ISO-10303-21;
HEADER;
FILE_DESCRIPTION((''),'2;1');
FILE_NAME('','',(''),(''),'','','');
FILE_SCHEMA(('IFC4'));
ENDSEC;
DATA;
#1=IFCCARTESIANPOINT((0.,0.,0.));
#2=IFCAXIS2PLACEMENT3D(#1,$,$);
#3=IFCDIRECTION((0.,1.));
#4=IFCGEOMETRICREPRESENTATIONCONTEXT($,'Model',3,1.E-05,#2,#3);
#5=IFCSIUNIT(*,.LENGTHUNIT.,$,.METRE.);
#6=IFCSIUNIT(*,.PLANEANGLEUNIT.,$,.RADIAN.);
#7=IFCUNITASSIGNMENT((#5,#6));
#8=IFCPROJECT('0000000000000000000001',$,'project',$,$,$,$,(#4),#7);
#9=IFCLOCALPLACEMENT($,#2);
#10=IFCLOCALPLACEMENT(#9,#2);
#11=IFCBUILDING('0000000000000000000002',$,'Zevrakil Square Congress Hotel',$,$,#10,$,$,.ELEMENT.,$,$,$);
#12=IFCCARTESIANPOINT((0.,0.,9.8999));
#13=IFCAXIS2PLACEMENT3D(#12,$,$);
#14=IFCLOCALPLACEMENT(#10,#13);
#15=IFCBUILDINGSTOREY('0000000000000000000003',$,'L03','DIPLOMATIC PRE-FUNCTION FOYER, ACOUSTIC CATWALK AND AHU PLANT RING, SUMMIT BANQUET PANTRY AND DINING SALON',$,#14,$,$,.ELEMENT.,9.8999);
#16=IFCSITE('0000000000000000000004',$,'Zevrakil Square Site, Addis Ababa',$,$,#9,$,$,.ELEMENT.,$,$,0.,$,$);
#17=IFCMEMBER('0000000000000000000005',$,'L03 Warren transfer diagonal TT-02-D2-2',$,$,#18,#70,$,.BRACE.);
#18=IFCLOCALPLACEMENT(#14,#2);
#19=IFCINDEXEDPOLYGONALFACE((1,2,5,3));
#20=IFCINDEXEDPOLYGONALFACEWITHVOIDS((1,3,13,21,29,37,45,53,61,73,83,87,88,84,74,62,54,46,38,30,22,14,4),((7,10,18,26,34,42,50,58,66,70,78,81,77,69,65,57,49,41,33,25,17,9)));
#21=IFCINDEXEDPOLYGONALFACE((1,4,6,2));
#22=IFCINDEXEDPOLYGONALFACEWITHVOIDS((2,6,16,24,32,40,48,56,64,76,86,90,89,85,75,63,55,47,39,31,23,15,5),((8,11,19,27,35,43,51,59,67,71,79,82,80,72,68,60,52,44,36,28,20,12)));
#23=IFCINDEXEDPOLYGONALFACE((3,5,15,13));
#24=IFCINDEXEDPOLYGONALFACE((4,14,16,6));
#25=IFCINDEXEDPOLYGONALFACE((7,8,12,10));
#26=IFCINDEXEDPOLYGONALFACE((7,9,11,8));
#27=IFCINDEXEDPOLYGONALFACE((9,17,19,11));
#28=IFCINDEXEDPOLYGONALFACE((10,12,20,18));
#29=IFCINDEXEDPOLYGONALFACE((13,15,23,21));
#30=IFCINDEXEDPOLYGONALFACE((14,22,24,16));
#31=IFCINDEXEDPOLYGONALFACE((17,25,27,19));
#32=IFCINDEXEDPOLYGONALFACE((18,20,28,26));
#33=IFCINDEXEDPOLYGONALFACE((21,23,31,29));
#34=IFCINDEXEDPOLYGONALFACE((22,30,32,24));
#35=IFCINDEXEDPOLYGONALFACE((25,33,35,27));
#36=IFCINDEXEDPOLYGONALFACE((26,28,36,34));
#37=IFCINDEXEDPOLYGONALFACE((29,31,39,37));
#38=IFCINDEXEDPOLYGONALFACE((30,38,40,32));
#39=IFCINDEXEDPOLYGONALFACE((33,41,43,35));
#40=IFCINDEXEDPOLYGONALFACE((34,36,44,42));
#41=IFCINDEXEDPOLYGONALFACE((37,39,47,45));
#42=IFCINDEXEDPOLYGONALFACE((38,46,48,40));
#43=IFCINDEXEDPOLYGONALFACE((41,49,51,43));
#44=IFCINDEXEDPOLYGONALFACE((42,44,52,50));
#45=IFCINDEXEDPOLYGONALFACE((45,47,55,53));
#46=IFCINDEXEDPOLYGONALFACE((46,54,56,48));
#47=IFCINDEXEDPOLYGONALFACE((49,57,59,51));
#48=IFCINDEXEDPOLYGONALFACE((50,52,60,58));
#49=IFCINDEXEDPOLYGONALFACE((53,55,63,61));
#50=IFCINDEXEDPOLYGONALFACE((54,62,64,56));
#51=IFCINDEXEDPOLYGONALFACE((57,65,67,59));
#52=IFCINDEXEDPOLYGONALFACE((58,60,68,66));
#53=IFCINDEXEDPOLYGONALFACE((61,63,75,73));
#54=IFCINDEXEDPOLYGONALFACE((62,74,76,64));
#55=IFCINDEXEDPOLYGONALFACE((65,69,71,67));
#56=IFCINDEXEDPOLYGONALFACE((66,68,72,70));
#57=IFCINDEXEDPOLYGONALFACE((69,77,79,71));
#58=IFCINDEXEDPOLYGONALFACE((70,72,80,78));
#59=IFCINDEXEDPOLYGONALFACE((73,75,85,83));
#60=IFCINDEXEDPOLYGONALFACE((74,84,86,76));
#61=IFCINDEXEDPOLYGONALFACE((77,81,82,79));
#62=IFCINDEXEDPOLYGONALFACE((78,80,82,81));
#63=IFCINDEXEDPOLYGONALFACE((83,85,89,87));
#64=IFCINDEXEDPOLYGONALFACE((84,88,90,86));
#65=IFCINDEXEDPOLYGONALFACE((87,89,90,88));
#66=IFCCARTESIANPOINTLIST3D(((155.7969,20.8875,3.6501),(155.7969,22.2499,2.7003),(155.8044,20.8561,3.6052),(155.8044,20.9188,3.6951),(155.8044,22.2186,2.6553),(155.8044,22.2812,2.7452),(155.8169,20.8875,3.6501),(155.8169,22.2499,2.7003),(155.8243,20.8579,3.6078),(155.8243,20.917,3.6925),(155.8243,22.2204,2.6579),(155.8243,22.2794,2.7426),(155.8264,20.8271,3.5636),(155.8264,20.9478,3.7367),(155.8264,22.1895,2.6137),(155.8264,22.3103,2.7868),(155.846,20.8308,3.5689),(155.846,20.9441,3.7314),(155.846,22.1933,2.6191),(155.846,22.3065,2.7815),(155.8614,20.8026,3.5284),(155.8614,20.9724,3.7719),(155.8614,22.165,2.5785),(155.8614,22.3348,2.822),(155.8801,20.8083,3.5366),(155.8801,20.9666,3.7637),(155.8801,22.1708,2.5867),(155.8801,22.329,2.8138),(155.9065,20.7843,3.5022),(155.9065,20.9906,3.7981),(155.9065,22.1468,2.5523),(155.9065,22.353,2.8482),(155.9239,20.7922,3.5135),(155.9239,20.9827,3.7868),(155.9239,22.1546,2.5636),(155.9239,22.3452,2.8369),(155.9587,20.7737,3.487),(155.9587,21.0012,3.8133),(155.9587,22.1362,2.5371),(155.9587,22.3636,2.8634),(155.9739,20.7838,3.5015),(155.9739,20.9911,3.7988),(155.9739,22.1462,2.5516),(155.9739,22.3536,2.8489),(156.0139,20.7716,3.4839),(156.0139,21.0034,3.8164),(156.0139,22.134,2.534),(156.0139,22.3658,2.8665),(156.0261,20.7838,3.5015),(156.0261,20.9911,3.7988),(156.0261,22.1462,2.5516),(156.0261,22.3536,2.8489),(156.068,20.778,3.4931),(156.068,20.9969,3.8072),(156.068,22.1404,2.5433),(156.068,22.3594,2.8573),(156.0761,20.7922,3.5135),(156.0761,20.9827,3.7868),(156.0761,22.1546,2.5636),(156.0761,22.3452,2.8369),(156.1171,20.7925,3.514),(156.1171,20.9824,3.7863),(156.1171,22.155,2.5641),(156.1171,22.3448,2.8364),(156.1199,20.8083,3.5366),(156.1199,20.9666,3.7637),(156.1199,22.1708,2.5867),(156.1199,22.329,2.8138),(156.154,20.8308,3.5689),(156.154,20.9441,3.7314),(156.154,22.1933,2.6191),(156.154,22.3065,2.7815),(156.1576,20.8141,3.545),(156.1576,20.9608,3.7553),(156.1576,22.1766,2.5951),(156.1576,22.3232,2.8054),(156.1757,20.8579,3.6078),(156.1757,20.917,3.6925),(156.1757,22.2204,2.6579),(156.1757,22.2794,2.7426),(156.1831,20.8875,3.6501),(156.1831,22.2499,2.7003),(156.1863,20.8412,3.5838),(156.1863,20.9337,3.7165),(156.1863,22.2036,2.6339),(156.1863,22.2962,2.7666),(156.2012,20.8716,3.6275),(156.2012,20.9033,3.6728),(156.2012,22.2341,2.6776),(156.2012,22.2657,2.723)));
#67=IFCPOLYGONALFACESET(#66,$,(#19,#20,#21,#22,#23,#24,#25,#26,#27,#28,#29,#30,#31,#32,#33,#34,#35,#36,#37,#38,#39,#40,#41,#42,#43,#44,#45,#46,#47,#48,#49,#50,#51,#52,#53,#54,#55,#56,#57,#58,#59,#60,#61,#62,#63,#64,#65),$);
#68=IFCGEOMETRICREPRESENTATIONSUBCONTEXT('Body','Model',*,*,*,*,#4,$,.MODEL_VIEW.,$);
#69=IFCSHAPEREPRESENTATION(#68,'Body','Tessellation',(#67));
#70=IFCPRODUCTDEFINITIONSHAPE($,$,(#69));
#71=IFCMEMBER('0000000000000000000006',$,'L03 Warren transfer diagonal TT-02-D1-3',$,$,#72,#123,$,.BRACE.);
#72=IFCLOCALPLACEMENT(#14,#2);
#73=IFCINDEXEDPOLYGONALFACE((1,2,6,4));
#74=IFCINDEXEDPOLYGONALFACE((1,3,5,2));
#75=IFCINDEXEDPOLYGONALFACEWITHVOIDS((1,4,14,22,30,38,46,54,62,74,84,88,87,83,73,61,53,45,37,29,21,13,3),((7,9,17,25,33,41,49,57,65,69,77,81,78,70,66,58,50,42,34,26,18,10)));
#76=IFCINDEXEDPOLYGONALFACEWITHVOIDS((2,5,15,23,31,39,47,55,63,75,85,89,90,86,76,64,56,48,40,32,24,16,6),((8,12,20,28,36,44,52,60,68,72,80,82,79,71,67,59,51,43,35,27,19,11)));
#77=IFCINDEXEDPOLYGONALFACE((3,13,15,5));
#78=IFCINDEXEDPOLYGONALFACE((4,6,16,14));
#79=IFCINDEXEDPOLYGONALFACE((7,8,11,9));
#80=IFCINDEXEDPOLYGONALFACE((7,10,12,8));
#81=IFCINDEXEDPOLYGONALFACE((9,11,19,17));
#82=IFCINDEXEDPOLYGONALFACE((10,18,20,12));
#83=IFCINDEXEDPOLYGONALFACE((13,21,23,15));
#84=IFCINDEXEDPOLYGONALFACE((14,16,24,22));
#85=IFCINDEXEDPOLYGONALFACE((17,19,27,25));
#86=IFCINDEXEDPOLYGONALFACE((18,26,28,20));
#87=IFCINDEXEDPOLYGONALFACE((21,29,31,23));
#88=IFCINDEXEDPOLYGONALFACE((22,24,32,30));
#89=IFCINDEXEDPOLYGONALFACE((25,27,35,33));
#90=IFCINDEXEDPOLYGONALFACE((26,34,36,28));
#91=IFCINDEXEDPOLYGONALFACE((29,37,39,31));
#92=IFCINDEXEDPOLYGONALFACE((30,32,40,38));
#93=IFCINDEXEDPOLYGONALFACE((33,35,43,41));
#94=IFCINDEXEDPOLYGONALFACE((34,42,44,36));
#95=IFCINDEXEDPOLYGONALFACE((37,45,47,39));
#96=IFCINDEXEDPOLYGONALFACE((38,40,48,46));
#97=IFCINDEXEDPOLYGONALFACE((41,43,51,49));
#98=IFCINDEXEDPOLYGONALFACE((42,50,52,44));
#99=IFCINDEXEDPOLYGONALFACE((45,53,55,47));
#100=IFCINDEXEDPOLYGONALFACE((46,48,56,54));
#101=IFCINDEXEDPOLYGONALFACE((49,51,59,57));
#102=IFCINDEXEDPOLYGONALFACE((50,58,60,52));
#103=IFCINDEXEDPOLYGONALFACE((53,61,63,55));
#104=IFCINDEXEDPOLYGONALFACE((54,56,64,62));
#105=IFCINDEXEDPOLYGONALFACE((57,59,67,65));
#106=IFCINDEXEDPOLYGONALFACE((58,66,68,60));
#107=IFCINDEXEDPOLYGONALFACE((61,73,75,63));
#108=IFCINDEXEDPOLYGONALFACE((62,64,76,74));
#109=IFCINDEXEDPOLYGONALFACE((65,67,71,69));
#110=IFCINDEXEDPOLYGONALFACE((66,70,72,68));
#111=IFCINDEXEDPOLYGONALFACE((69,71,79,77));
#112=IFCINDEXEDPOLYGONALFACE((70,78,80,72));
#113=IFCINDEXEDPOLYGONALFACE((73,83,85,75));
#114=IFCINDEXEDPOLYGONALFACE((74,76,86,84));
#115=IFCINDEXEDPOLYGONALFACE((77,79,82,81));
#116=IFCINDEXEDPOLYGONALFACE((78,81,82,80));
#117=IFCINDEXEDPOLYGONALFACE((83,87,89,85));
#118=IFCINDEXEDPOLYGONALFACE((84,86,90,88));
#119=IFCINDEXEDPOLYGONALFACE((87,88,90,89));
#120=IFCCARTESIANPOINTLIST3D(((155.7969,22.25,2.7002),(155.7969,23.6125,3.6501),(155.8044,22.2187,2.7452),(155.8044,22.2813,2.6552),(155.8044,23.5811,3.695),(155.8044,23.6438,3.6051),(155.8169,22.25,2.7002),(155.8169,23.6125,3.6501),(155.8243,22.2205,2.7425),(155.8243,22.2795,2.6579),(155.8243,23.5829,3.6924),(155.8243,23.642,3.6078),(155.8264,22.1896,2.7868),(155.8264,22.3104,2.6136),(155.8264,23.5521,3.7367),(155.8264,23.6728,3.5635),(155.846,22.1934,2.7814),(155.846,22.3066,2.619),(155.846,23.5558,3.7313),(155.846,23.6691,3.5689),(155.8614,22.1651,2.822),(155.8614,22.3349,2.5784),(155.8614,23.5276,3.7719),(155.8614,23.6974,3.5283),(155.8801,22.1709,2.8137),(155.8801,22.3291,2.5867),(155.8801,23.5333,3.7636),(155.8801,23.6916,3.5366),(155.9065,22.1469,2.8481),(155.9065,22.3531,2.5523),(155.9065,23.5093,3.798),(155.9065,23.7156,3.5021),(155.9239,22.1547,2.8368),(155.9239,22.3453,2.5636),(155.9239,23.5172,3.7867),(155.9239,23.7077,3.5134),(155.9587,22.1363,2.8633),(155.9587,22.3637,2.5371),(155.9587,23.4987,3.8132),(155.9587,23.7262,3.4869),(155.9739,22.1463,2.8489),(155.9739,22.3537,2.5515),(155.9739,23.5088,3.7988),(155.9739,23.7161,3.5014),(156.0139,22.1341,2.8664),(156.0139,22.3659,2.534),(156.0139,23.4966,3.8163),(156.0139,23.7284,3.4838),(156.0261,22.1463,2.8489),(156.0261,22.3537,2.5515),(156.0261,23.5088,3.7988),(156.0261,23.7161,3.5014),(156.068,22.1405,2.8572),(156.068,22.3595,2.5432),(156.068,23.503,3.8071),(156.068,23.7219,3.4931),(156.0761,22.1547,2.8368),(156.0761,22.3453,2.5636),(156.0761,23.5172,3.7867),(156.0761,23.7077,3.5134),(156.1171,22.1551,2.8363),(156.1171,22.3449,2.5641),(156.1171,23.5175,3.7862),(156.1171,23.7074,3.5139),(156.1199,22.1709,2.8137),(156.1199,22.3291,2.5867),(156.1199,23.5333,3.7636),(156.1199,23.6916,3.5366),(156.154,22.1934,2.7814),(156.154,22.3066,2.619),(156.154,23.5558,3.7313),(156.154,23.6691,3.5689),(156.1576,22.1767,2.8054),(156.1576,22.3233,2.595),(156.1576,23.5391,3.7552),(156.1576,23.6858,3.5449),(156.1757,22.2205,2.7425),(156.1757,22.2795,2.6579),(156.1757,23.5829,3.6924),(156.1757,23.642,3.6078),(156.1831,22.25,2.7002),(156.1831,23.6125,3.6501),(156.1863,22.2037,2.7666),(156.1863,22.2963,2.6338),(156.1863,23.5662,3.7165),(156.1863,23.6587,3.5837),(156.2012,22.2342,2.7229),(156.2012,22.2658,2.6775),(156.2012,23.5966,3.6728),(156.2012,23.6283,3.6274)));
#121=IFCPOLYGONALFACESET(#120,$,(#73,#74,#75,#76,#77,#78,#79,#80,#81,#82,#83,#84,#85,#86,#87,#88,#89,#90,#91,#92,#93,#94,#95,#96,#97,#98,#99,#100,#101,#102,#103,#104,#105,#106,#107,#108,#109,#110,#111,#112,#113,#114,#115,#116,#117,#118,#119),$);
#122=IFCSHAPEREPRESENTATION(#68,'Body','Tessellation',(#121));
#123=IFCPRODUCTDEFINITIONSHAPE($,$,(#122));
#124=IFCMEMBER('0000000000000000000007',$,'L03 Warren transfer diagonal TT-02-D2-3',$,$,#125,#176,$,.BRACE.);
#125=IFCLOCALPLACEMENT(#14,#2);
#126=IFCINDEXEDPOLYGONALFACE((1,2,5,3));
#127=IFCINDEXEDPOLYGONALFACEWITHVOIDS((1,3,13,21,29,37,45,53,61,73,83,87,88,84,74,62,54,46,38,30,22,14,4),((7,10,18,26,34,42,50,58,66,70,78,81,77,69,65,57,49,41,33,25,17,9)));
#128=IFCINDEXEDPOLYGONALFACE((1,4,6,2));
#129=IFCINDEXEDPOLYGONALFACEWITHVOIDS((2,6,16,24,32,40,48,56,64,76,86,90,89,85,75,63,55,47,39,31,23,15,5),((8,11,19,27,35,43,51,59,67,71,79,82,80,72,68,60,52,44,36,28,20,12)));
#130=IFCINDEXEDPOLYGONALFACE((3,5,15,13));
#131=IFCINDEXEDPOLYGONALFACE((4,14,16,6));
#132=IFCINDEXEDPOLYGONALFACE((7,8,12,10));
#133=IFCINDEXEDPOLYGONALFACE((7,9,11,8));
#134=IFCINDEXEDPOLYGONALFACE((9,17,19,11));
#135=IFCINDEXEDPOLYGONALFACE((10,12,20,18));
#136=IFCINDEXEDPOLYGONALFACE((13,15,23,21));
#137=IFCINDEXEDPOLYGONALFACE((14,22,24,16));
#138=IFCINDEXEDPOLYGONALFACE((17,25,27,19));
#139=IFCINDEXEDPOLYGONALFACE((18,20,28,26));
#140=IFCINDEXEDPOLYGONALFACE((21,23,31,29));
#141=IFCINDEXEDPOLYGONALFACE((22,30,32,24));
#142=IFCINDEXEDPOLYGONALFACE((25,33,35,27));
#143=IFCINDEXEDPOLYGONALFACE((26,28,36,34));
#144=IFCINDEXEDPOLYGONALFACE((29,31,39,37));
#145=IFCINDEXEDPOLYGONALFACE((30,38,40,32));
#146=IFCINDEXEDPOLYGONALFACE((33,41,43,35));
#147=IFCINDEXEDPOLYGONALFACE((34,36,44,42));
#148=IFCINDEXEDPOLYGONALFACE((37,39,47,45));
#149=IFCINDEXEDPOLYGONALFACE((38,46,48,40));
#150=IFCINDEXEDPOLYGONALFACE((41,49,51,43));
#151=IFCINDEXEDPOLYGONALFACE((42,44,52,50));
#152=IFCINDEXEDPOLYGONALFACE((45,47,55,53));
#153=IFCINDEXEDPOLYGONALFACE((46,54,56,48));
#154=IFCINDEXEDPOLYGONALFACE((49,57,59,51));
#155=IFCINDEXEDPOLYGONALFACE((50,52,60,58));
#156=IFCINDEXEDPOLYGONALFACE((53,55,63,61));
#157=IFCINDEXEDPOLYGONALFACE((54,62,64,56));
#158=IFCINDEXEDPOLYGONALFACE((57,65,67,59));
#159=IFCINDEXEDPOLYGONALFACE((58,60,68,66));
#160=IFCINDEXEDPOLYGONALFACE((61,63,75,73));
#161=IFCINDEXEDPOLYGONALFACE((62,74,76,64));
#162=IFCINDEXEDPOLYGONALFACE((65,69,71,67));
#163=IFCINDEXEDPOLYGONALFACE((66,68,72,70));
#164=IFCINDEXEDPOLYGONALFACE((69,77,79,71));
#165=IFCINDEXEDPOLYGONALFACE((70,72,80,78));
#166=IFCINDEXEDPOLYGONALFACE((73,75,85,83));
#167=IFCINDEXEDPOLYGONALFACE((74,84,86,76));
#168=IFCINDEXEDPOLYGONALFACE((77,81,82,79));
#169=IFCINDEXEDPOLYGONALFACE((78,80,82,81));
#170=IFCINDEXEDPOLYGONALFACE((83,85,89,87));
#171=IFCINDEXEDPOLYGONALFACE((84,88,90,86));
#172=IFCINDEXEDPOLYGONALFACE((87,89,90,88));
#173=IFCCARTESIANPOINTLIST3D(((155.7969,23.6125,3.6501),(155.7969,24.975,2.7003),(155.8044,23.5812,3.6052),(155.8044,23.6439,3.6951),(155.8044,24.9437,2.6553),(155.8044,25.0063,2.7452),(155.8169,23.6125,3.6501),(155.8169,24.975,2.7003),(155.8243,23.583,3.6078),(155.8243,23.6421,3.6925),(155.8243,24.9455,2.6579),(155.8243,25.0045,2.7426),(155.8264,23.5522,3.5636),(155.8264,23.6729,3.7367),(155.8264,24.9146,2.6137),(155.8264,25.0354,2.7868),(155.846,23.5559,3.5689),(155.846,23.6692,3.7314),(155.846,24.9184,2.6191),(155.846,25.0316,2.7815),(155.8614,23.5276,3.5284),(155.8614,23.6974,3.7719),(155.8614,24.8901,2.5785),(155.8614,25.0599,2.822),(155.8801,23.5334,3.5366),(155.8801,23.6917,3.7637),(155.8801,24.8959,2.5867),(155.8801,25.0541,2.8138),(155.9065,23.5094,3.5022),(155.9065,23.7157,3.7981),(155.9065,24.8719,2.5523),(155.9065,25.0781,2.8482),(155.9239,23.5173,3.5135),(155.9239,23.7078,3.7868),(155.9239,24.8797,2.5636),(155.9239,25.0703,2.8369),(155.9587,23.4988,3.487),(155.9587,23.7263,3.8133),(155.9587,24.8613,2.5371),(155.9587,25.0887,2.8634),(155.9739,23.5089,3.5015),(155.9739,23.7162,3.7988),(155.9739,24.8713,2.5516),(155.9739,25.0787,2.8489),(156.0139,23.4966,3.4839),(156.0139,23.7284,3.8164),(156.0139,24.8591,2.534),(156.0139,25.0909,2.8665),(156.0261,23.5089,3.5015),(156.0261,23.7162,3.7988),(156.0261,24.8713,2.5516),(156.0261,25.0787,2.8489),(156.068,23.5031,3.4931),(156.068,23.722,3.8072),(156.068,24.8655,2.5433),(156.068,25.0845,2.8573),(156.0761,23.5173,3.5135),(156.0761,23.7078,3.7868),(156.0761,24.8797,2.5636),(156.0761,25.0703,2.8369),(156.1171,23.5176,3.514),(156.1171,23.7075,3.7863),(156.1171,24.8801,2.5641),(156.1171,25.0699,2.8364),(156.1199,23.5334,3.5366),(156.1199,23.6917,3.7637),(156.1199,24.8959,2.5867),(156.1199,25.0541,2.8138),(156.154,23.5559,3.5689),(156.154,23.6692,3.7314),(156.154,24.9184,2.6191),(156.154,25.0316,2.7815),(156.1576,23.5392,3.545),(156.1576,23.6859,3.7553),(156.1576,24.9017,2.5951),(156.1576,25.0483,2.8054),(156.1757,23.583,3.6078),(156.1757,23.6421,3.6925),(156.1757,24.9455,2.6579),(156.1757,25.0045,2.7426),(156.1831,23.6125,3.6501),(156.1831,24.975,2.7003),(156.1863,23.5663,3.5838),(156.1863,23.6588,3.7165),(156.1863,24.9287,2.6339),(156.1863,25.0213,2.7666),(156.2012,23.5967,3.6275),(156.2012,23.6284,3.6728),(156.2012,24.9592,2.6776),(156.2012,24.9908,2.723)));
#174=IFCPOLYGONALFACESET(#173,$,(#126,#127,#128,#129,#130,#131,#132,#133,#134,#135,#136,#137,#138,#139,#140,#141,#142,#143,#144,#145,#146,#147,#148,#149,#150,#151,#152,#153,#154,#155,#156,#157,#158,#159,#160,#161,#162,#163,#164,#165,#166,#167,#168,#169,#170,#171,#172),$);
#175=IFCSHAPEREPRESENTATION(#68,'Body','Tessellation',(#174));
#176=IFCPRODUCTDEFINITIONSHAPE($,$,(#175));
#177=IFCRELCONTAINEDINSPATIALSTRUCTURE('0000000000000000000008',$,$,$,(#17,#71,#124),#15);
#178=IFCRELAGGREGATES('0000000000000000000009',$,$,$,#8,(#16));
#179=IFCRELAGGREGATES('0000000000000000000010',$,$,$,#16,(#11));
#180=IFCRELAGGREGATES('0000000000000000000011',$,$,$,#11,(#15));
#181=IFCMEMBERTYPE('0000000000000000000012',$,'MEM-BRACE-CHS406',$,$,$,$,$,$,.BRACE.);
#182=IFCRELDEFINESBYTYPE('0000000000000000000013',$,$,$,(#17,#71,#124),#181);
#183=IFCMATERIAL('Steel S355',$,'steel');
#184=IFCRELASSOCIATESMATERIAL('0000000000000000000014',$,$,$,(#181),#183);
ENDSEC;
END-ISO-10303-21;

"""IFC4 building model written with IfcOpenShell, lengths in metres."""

from ifc_helpers import new_model, si_unit, direction, frame, origin, origin_2d, place, context, subcontext, project, spatial, hollow_circle, extrude, material, material_profile, profile_set, type_object, element, save


model = new_model("IFC4")

# Units and contexts
model_context = context("Model", 3, precision=1e-05, world=origin(), true_north=direction((0.0, 1.0)))
body_context = subcontext(model_context, "Body", "Model", "MODEL_VIEW")
ifc_project = project(units=[si_unit("LENGTHUNIT", "METRE"), si_unit("PLANEANGLEUNIT", "RADIAN")], contexts=[model_context])

# Site, building, storey
site_placement = place(None, origin())
site = spatial("IfcSite", under=ifc_project, at=site_placement, Name="Zevrakil Square Site, Addis Ababa", CompositionType="ELEMENT", RefElevation=0.0)
building_placement = place(site_placement, origin())
building = spatial("IfcBuilding", under=site, at=building_placement, Name="Zevrakil Square Congress Hotel", CompositionType="ELEMENT")
storey_placement = place(building_placement, frame((0.0, 0.0, 9.8999)))
storey = spatial("IfcBuildingStorey", under=building, at=storey_placement, Name="L03", Description="DIPLOMATIC PRE-FUNCTION FOYER, ACOUSTIC CATWALK AND AHU PLANT RING, SUMMIT BANQUET PANTRY AND DINING SALON", CompositionType="ELEMENT", Elevation=9.8999)

# Members
ifc_material_1 = material(Name="Steel S355", Category="steel")
ifc_material_profile_1 = material_profile(ifc_material_1, hollow_circle(Radius=0.2031, WallThickness=0.02, at=origin_2d()), Name="CHS 406.4x20")
ifc_profile_set_1 = profile_set([ifc_material_profile_1], Name="Steel S355")
member_type_1 = type_object("IfcMemberType", Name="MEM-BRACE-CHS406", PredefinedType="BRACE", material=ifc_profile_set_1)
for number, where, z_axis, x_axis, name in (
    (1, (156.0, 20.8875, 3.6501), (0.0, 0.820315, -0.571913), (-1.0, 0.0, 0.0), "L03 Warren transfer diagonal TT-02-D2-2"),
    (2, (156.0, 22.25, 2.7002), (0.0, 0.820315, 0.571913), (-1.0, 0.0, 0.0), "L03 Warren transfer diagonal TT-02-D1-3"),
    (3, (156.0, 23.6125, 3.6501), (0.0, 0.820315, -0.571913), (-1.0, 0.0, 0.0), "L03 Warren transfer diagonal TT-02-D2-3"),
):
    element("IfcMember", number, at=place(storey_placement, frame(where, z_axis=z_axis, x_axis=x_axis)), inside=storey, type_object=member_type_1, Name=name, PredefinedType="BRACE", context=body_context, shape_type="SweptSolid", body=[
        extrude(hollow_circle(Radius=0.2031, WallThickness=0.02, at=origin_2d()), origin(), (0.0, 0.0, 1.0), 1.6609),
    ])

save(model, "model.ifc")
